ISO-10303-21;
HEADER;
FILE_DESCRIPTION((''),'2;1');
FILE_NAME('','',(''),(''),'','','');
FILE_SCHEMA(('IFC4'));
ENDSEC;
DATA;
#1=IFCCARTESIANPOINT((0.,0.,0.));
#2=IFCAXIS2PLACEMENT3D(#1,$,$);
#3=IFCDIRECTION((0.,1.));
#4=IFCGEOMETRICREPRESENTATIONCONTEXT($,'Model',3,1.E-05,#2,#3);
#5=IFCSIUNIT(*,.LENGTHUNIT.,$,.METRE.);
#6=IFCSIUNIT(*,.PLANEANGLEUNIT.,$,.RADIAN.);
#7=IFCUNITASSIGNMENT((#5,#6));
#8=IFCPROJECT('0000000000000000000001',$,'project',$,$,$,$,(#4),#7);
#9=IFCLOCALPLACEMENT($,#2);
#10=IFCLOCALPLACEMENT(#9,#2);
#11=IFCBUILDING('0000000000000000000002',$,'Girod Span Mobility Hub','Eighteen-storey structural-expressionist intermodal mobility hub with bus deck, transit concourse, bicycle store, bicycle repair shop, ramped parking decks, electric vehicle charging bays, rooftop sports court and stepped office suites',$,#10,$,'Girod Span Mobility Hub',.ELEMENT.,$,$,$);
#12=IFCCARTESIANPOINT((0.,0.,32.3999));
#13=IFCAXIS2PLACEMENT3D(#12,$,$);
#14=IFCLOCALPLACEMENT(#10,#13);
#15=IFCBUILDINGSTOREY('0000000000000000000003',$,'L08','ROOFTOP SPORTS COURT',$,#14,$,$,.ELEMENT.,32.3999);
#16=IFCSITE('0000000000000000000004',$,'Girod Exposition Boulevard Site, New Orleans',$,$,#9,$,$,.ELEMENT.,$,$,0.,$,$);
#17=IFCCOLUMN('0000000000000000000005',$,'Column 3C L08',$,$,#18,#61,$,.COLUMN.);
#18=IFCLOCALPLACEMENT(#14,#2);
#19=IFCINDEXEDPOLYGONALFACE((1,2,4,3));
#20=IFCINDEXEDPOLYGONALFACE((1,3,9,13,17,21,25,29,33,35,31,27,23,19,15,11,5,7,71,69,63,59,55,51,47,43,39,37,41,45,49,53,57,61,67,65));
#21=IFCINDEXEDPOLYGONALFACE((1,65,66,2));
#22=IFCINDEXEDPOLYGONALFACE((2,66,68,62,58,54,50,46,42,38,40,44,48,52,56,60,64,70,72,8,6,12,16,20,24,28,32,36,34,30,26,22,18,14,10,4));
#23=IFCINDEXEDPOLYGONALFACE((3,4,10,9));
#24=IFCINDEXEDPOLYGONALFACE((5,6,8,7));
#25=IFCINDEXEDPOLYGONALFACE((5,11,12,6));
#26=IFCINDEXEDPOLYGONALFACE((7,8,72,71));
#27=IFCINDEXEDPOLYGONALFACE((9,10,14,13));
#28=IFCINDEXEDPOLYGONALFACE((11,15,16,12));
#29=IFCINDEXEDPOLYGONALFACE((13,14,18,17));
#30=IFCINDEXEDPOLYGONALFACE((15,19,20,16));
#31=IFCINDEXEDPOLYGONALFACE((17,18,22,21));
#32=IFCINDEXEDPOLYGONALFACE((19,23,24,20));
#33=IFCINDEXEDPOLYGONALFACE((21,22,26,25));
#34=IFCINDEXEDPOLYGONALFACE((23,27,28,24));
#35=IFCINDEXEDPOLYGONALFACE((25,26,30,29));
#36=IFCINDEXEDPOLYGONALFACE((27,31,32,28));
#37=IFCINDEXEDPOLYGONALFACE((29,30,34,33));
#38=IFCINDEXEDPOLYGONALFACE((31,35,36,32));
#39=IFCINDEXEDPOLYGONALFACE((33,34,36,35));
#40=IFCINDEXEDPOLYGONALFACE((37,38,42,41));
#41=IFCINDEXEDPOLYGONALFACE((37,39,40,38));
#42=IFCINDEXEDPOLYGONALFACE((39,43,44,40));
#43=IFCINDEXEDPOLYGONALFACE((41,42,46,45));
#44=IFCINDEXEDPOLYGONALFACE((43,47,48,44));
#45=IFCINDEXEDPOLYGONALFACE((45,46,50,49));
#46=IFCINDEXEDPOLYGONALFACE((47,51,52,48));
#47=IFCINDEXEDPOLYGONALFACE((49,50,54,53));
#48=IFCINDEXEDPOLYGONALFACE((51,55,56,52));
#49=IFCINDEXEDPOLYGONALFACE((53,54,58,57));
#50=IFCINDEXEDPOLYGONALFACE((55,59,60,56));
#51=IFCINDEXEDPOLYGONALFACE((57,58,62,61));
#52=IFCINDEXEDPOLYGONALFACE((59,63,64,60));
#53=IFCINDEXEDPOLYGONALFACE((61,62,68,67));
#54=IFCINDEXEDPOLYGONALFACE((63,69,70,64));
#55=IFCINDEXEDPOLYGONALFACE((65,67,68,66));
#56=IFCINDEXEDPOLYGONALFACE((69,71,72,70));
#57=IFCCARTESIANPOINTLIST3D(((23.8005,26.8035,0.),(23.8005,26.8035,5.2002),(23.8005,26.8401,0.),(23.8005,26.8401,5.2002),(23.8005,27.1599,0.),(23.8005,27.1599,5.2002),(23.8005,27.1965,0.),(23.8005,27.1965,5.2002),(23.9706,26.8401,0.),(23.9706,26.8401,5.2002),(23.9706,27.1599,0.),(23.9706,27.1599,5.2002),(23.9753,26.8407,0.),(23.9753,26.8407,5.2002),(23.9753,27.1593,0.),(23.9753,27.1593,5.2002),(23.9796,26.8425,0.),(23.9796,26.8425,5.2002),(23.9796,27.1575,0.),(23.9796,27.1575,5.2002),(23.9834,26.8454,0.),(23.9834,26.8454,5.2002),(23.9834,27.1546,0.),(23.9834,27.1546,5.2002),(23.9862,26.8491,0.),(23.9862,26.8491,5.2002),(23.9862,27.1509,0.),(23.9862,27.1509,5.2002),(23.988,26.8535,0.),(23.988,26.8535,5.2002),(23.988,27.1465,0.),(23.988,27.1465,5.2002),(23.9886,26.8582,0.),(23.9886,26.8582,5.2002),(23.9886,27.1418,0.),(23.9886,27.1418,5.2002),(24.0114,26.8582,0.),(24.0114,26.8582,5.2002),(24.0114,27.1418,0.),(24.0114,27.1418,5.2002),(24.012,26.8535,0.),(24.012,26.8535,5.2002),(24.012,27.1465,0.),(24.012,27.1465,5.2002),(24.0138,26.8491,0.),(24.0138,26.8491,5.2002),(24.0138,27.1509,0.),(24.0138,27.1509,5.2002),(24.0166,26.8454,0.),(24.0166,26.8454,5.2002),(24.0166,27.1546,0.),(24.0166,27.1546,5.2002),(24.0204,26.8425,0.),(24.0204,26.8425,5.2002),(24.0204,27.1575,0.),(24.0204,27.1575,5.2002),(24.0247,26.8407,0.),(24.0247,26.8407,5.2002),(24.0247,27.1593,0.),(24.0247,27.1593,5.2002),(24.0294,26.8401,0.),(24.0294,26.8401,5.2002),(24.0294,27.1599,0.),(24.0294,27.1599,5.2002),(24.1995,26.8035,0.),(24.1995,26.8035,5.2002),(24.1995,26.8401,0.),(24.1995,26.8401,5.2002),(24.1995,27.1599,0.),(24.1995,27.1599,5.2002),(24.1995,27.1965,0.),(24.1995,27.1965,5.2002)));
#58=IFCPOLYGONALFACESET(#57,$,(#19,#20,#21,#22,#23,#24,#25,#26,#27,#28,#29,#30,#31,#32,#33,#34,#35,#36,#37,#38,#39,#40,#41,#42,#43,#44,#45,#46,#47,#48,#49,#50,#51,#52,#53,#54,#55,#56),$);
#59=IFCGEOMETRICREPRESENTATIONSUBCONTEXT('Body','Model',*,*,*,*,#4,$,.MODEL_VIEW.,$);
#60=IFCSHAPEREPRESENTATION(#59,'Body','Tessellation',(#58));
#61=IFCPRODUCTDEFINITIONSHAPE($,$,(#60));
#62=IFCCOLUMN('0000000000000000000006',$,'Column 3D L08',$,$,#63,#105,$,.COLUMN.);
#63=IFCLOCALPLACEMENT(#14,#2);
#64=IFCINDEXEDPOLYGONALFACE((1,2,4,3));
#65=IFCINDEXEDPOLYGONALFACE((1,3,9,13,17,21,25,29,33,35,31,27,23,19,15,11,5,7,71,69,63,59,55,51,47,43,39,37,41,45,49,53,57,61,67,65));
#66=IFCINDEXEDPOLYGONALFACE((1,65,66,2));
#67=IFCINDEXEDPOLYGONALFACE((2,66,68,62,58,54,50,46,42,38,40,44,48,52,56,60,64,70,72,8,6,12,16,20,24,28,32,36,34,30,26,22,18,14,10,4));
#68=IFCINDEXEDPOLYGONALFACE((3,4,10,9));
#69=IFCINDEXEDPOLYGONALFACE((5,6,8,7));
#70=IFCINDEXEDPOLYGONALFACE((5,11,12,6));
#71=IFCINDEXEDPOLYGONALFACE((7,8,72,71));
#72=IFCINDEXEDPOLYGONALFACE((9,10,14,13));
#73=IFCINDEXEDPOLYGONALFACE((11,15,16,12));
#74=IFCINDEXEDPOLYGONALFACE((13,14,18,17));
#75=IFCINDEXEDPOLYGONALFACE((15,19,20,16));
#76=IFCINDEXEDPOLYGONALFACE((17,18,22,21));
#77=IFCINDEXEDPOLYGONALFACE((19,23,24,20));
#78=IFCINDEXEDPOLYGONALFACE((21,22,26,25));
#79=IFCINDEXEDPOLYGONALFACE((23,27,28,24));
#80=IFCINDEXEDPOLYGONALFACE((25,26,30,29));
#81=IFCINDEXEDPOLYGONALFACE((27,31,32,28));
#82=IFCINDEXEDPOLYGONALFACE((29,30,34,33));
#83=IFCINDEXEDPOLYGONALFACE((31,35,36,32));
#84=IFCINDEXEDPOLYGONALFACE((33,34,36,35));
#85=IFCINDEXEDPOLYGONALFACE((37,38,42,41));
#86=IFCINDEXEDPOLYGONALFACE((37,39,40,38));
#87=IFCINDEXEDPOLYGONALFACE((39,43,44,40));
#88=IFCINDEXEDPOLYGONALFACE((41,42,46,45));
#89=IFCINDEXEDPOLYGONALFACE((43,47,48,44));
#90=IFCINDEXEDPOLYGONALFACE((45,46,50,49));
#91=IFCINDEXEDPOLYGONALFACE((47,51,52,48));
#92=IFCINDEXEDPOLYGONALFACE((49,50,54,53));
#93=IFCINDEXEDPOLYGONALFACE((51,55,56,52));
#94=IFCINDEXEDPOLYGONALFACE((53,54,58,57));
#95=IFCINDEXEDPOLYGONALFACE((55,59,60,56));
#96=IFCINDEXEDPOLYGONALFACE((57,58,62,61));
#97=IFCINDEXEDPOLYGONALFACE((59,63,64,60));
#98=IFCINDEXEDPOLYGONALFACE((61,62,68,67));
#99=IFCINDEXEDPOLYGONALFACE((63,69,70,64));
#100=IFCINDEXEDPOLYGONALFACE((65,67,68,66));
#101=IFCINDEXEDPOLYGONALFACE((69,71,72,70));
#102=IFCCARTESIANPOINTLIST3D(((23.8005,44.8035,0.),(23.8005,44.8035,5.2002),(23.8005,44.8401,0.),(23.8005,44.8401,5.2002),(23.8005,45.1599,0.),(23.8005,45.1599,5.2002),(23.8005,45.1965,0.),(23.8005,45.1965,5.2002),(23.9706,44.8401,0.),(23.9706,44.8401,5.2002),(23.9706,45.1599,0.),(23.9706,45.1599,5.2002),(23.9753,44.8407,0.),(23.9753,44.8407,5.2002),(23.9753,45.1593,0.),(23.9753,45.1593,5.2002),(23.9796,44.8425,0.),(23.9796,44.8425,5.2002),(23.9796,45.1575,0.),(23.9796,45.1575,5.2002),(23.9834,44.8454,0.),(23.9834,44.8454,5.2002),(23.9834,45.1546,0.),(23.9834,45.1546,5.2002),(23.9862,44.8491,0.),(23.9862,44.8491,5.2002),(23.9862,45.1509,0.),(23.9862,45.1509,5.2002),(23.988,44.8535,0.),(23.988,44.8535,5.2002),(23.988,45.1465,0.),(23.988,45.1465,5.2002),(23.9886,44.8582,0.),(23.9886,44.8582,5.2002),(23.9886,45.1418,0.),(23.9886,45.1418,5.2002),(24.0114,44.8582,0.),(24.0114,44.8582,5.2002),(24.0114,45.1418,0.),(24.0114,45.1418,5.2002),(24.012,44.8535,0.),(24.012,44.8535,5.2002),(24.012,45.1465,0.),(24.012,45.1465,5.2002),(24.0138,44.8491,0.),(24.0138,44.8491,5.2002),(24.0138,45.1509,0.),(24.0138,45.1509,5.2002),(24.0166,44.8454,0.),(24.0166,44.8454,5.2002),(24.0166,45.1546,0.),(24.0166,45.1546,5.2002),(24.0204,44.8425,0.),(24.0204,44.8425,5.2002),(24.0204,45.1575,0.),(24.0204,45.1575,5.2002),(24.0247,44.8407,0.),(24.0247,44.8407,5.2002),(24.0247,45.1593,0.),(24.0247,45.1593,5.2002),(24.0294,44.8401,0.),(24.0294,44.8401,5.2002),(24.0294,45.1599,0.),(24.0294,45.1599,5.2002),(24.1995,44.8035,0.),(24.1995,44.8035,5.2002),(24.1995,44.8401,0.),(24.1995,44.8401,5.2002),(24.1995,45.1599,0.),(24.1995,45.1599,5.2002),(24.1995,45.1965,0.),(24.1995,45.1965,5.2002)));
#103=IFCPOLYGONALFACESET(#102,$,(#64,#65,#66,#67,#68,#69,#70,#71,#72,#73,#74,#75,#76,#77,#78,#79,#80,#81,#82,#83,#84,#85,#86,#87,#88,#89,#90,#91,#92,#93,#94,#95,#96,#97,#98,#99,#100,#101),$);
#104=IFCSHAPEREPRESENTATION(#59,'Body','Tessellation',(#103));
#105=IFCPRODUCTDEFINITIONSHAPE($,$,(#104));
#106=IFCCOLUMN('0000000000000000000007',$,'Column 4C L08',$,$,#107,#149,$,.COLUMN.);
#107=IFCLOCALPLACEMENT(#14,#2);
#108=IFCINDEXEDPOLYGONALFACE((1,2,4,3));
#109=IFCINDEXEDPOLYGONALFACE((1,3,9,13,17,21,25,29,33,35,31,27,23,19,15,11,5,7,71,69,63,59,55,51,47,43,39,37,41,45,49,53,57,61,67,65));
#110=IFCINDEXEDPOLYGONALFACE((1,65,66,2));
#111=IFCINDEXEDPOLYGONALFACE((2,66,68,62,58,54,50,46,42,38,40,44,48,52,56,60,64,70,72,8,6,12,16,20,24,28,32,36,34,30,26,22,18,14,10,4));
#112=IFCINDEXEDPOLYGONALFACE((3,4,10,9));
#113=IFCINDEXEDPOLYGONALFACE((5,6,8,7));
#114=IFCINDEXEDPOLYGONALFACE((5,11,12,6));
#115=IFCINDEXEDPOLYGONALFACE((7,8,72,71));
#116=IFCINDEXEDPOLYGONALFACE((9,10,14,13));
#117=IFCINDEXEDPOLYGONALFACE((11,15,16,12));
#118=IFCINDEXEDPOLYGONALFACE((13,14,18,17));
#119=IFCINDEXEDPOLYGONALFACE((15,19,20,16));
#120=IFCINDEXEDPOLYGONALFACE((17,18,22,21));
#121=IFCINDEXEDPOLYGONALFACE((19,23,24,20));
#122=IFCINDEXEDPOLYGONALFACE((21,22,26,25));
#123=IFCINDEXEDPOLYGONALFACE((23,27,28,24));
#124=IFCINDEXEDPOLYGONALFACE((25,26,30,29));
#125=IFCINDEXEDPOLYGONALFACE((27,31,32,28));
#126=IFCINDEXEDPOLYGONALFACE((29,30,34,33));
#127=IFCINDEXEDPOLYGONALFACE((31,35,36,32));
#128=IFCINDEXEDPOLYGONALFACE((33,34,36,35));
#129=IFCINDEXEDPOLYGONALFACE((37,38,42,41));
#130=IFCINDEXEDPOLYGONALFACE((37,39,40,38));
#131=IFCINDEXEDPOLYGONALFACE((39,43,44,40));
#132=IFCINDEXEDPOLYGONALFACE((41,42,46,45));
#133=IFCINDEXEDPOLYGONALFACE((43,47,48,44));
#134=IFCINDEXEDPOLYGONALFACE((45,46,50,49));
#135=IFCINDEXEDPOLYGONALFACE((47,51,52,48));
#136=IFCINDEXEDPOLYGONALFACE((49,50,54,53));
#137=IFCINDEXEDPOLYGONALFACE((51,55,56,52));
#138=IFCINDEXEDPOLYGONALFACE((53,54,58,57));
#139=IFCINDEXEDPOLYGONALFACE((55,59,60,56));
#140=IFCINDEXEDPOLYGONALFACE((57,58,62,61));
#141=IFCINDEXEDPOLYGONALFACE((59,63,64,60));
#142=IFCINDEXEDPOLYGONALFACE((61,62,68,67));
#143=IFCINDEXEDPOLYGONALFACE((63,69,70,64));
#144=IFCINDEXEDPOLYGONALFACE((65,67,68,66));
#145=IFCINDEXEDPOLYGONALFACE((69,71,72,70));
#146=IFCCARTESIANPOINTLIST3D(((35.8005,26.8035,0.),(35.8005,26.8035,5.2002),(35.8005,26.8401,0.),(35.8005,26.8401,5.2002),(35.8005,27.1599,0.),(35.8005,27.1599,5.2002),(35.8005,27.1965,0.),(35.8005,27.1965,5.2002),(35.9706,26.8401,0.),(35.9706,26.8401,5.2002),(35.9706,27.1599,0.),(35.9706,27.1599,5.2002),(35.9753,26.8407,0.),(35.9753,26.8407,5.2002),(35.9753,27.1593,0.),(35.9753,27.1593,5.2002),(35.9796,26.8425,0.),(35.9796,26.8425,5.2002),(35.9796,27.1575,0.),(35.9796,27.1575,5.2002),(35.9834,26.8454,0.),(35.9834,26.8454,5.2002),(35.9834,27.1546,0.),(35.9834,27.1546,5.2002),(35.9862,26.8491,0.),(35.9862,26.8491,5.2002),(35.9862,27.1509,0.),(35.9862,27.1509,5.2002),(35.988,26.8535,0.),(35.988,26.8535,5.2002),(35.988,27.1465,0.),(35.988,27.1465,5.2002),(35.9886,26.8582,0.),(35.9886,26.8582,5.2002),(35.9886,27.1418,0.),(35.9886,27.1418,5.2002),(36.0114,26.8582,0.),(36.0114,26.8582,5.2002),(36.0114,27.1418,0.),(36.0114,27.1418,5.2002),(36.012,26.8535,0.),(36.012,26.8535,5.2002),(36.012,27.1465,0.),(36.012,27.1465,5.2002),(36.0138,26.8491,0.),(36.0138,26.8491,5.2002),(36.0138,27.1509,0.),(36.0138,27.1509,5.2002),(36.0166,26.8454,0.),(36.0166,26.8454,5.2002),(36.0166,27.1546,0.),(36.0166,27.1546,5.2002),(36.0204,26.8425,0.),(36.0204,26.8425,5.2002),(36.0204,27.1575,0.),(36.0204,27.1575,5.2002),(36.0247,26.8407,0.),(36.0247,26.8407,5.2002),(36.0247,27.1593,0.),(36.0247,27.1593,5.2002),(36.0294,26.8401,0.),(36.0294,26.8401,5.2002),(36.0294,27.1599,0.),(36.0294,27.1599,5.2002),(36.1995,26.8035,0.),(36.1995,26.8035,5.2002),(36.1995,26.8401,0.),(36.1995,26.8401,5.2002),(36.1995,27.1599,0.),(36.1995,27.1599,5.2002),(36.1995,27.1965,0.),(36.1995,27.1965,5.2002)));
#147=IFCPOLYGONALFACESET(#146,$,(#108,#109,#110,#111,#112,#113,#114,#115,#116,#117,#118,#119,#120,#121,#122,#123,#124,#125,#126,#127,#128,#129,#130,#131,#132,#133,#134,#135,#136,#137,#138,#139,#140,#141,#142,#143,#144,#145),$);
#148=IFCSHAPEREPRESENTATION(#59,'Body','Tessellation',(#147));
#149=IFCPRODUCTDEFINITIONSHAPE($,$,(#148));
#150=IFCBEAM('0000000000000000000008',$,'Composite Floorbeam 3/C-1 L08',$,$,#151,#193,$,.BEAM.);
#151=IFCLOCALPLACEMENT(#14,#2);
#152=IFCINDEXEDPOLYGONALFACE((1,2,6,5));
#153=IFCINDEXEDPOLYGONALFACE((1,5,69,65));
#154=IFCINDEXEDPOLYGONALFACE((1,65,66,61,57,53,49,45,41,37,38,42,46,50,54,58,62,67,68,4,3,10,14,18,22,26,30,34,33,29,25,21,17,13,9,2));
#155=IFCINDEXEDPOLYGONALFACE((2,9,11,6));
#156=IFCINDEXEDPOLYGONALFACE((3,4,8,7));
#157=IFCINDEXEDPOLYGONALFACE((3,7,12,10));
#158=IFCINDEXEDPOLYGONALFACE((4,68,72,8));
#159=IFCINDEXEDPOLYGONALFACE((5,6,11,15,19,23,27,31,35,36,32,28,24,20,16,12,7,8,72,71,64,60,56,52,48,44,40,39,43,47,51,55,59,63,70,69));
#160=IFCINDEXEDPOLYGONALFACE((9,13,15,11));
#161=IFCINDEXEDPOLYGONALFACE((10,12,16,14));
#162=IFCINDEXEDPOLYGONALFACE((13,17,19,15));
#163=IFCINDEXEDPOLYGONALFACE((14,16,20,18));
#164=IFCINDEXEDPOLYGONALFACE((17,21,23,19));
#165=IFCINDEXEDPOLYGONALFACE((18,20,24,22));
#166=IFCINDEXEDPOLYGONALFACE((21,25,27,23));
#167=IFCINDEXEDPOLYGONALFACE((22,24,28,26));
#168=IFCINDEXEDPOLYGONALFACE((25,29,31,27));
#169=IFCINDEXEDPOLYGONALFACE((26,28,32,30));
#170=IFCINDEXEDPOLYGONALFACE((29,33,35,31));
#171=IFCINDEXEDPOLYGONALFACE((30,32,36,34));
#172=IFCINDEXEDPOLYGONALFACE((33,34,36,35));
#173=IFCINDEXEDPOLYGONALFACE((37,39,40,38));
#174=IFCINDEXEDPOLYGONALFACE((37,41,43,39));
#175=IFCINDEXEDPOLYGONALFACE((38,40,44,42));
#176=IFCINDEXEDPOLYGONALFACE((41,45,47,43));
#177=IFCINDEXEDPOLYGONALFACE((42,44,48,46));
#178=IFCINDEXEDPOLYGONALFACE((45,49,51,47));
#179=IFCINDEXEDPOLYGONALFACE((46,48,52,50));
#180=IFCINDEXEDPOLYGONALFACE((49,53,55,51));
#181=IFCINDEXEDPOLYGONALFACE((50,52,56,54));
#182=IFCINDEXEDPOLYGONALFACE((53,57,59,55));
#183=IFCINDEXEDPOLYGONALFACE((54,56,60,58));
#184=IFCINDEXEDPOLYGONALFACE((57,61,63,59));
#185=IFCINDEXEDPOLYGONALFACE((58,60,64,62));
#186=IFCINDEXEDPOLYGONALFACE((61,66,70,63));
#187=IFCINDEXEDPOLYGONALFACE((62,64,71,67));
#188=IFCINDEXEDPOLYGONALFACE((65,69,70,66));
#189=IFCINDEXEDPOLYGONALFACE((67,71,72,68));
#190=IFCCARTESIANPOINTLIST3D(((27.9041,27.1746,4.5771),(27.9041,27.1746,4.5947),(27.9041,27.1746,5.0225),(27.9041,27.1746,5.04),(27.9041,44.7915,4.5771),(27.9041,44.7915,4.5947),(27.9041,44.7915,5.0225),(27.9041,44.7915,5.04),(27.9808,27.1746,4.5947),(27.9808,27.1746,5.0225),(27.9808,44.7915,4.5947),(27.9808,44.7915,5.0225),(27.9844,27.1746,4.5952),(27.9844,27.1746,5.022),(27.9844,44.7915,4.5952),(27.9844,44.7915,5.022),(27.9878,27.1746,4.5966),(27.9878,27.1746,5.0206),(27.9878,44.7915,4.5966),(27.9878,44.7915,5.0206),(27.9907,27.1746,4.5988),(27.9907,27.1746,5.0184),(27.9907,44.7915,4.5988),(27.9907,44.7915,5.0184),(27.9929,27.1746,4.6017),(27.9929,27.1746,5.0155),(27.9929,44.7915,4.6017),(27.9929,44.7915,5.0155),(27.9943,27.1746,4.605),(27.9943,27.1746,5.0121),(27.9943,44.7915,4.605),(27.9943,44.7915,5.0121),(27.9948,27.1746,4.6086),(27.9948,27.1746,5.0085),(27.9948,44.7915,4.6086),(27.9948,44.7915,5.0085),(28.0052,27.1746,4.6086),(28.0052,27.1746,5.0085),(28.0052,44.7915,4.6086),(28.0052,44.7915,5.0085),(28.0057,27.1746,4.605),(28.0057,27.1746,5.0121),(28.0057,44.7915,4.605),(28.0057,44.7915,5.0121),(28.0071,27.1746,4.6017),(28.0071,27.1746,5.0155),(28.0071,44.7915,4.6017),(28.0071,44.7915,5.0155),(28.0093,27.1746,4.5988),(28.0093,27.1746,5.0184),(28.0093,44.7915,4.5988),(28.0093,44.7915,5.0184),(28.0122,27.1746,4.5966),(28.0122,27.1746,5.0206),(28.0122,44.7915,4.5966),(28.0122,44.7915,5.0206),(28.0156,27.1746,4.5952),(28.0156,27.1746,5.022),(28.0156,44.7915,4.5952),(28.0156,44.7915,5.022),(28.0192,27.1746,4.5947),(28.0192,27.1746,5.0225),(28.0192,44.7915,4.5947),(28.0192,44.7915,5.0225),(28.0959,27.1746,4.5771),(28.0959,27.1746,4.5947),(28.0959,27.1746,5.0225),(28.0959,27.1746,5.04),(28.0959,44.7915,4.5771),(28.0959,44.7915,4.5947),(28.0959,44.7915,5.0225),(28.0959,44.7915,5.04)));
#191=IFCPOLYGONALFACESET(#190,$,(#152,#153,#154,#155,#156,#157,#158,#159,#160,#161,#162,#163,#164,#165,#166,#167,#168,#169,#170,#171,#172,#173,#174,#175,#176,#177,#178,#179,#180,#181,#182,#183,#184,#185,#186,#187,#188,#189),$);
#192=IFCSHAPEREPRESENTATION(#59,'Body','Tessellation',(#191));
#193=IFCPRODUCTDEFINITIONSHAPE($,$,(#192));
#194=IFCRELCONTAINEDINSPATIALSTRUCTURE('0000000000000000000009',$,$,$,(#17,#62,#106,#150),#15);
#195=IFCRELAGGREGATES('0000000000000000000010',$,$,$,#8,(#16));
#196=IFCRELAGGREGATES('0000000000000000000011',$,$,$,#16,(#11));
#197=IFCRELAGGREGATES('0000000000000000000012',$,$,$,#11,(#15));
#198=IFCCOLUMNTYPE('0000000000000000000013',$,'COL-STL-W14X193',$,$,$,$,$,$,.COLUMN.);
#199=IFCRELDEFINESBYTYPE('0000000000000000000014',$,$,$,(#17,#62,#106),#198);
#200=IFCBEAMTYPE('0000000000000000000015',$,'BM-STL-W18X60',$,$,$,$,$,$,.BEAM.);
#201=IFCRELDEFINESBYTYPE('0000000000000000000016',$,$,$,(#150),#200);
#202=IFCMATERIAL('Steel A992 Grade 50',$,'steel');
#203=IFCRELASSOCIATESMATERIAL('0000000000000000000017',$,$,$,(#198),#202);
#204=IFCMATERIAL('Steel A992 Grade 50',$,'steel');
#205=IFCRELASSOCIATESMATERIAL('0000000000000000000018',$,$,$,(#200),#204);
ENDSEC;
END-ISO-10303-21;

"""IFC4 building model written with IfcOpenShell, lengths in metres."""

from ifc_helpers import new_model, si_unit, direction, frame, origin, origin_2d, place, context, subcontext, project, spatial, i_section, extrude, material, material_profile, profile_set, type_object, element, save


model = new_model("IFC4")

# Units and contexts
model_context = context("Model", 3, precision=1e-05, world=origin(), true_north=direction((0.0, 1.0)))
body_context = subcontext(model_context, "Body", "Model", "MODEL_VIEW")
ifc_project = project(units=[si_unit("LENGTHUNIT", "METRE"), si_unit("PLANEANGLEUNIT", "RADIAN")], contexts=[model_context])

# Site, building, storey
site_placement = place(None, origin())
site = spatial("IfcSite", under=ifc_project, at=site_placement, Name="Girod Exposition Boulevard Site, New Orleans", CompositionType="ELEMENT", RefElevation=0.0)
building_placement = place(site_placement, origin())
building = spatial("IfcBuilding", under=site, at=building_placement, Name="Girod Span Mobility Hub", Description="Eighteen-storey structural-expressionist intermodal mobility hub with bus deck, transit concourse, bicycle store, bicycle repair shop, ramped parking decks, electric vehicle charging bays, rooftop sports court and stepped office suites", LongName="Girod Span Mobility Hub", CompositionType="ELEMENT")
storey_placement = place(building_placement, frame((0.0, 0.0, 32.3999)))
storey = spatial("IfcBuildingStorey", under=building, at=storey_placement, Name="L08", Description="ROOFTOP SPORTS COURT", CompositionType="ELEMENT", Elevation=32.3999)

# Columns
ifc_material_1 = material(Name="Steel A992 Grade 50", Category="steel")
ifc_material_profile_1 = material_profile(ifc_material_1, i_section(OverallWidth=0.3989, OverallDepth=0.3931, WebThickness=0.0227, FlangeThickness=0.0366, FilletRadius=0.0181, at=origin_2d()), Name="W14X193")
ifc_profile_set_1 = profile_set([ifc_material_profile_1], Name="Steel A992 Grade 50")
column_type = type_object("IfcColumnType", Name="COL-STL-W14X193", PredefinedType="COLUMN", material=ifc_profile_set_1)
for number, where, z_axis, x_axis, name in (
    (1, (24.0, 27.0, 0.0), (0.0, 0.0, 1.0), (1.0, 0.0, 0.0), "Column 3C L08"),
    (2, (24.0, 45.0, 0.0), (0.0, 0.0, 1.0), (1.0, 0.0, 0.0), "Column 3D L08"),
    (3, (36.0, 27.0, 0.0), (0.0, 0.0, 1.0), (1.0, 0.0, 0.0), "Column 4C L08"),
):
    element("IfcColumn", number, at=place(storey_placement, frame(where, z_axis=z_axis, x_axis=x_axis)), inside=storey, type_object=column_type, Name=name, PredefinedType="COLUMN", context=body_context, shape_type="SweptSolid", body=[
        extrude(i_section(OverallWidth=0.3989, OverallDepth=0.3931, WebThickness=0.0227, FlangeThickness=0.0366, FilletRadius=0.0181, at=origin_2d()), origin(), (0.0, 0.0, 1.0), 5.2002),
    ])

# Beam
ifc_material_2 = material(Name="Steel A992 Grade 50", Category="steel")
ifc_material_profile_2 = material_profile(ifc_material_2, i_section(OverallWidth=0.1919, OverallDepth=0.4629, WebThickness=0.0105, FlangeThickness=0.0176, FilletRadius=0.0139, at=origin_2d()), Name="W18X60")
ifc_profile_set_2 = profile_set([ifc_material_profile_2], Name="Steel A992 Grade 50")
beam_type_1 = type_object("IfcBeamType", Name="BM-STL-W18X60", PredefinedType="BEAM", material=ifc_profile_set_2)
for number, where, z_axis, x_axis, name in (
    (4, (28.0, 27.1746, 4.8086), (0.0, 1.0, 0.0), (-1.0, 0.0, 0.0), "Composite Floorbeam 3/C-1 L08"),
):
    element("IfcBeam", number, at=place(storey_placement, frame(where, z_axis=z_axis, x_axis=x_axis)), inside=storey, type_object=beam_type_1, Name=name, PredefinedType="BEAM", context=body_context, shape_type="SweptSolid", body=[
        extrude(i_section(OverallWidth=0.1919, OverallDepth=0.4629, WebThickness=0.0105, FlangeThickness=0.0176, FilletRadius=0.0139, at=origin_2d()), origin(), (0.0, 0.0, 1.0), 17.6169),
    ])

save(model, "model.ifc")
